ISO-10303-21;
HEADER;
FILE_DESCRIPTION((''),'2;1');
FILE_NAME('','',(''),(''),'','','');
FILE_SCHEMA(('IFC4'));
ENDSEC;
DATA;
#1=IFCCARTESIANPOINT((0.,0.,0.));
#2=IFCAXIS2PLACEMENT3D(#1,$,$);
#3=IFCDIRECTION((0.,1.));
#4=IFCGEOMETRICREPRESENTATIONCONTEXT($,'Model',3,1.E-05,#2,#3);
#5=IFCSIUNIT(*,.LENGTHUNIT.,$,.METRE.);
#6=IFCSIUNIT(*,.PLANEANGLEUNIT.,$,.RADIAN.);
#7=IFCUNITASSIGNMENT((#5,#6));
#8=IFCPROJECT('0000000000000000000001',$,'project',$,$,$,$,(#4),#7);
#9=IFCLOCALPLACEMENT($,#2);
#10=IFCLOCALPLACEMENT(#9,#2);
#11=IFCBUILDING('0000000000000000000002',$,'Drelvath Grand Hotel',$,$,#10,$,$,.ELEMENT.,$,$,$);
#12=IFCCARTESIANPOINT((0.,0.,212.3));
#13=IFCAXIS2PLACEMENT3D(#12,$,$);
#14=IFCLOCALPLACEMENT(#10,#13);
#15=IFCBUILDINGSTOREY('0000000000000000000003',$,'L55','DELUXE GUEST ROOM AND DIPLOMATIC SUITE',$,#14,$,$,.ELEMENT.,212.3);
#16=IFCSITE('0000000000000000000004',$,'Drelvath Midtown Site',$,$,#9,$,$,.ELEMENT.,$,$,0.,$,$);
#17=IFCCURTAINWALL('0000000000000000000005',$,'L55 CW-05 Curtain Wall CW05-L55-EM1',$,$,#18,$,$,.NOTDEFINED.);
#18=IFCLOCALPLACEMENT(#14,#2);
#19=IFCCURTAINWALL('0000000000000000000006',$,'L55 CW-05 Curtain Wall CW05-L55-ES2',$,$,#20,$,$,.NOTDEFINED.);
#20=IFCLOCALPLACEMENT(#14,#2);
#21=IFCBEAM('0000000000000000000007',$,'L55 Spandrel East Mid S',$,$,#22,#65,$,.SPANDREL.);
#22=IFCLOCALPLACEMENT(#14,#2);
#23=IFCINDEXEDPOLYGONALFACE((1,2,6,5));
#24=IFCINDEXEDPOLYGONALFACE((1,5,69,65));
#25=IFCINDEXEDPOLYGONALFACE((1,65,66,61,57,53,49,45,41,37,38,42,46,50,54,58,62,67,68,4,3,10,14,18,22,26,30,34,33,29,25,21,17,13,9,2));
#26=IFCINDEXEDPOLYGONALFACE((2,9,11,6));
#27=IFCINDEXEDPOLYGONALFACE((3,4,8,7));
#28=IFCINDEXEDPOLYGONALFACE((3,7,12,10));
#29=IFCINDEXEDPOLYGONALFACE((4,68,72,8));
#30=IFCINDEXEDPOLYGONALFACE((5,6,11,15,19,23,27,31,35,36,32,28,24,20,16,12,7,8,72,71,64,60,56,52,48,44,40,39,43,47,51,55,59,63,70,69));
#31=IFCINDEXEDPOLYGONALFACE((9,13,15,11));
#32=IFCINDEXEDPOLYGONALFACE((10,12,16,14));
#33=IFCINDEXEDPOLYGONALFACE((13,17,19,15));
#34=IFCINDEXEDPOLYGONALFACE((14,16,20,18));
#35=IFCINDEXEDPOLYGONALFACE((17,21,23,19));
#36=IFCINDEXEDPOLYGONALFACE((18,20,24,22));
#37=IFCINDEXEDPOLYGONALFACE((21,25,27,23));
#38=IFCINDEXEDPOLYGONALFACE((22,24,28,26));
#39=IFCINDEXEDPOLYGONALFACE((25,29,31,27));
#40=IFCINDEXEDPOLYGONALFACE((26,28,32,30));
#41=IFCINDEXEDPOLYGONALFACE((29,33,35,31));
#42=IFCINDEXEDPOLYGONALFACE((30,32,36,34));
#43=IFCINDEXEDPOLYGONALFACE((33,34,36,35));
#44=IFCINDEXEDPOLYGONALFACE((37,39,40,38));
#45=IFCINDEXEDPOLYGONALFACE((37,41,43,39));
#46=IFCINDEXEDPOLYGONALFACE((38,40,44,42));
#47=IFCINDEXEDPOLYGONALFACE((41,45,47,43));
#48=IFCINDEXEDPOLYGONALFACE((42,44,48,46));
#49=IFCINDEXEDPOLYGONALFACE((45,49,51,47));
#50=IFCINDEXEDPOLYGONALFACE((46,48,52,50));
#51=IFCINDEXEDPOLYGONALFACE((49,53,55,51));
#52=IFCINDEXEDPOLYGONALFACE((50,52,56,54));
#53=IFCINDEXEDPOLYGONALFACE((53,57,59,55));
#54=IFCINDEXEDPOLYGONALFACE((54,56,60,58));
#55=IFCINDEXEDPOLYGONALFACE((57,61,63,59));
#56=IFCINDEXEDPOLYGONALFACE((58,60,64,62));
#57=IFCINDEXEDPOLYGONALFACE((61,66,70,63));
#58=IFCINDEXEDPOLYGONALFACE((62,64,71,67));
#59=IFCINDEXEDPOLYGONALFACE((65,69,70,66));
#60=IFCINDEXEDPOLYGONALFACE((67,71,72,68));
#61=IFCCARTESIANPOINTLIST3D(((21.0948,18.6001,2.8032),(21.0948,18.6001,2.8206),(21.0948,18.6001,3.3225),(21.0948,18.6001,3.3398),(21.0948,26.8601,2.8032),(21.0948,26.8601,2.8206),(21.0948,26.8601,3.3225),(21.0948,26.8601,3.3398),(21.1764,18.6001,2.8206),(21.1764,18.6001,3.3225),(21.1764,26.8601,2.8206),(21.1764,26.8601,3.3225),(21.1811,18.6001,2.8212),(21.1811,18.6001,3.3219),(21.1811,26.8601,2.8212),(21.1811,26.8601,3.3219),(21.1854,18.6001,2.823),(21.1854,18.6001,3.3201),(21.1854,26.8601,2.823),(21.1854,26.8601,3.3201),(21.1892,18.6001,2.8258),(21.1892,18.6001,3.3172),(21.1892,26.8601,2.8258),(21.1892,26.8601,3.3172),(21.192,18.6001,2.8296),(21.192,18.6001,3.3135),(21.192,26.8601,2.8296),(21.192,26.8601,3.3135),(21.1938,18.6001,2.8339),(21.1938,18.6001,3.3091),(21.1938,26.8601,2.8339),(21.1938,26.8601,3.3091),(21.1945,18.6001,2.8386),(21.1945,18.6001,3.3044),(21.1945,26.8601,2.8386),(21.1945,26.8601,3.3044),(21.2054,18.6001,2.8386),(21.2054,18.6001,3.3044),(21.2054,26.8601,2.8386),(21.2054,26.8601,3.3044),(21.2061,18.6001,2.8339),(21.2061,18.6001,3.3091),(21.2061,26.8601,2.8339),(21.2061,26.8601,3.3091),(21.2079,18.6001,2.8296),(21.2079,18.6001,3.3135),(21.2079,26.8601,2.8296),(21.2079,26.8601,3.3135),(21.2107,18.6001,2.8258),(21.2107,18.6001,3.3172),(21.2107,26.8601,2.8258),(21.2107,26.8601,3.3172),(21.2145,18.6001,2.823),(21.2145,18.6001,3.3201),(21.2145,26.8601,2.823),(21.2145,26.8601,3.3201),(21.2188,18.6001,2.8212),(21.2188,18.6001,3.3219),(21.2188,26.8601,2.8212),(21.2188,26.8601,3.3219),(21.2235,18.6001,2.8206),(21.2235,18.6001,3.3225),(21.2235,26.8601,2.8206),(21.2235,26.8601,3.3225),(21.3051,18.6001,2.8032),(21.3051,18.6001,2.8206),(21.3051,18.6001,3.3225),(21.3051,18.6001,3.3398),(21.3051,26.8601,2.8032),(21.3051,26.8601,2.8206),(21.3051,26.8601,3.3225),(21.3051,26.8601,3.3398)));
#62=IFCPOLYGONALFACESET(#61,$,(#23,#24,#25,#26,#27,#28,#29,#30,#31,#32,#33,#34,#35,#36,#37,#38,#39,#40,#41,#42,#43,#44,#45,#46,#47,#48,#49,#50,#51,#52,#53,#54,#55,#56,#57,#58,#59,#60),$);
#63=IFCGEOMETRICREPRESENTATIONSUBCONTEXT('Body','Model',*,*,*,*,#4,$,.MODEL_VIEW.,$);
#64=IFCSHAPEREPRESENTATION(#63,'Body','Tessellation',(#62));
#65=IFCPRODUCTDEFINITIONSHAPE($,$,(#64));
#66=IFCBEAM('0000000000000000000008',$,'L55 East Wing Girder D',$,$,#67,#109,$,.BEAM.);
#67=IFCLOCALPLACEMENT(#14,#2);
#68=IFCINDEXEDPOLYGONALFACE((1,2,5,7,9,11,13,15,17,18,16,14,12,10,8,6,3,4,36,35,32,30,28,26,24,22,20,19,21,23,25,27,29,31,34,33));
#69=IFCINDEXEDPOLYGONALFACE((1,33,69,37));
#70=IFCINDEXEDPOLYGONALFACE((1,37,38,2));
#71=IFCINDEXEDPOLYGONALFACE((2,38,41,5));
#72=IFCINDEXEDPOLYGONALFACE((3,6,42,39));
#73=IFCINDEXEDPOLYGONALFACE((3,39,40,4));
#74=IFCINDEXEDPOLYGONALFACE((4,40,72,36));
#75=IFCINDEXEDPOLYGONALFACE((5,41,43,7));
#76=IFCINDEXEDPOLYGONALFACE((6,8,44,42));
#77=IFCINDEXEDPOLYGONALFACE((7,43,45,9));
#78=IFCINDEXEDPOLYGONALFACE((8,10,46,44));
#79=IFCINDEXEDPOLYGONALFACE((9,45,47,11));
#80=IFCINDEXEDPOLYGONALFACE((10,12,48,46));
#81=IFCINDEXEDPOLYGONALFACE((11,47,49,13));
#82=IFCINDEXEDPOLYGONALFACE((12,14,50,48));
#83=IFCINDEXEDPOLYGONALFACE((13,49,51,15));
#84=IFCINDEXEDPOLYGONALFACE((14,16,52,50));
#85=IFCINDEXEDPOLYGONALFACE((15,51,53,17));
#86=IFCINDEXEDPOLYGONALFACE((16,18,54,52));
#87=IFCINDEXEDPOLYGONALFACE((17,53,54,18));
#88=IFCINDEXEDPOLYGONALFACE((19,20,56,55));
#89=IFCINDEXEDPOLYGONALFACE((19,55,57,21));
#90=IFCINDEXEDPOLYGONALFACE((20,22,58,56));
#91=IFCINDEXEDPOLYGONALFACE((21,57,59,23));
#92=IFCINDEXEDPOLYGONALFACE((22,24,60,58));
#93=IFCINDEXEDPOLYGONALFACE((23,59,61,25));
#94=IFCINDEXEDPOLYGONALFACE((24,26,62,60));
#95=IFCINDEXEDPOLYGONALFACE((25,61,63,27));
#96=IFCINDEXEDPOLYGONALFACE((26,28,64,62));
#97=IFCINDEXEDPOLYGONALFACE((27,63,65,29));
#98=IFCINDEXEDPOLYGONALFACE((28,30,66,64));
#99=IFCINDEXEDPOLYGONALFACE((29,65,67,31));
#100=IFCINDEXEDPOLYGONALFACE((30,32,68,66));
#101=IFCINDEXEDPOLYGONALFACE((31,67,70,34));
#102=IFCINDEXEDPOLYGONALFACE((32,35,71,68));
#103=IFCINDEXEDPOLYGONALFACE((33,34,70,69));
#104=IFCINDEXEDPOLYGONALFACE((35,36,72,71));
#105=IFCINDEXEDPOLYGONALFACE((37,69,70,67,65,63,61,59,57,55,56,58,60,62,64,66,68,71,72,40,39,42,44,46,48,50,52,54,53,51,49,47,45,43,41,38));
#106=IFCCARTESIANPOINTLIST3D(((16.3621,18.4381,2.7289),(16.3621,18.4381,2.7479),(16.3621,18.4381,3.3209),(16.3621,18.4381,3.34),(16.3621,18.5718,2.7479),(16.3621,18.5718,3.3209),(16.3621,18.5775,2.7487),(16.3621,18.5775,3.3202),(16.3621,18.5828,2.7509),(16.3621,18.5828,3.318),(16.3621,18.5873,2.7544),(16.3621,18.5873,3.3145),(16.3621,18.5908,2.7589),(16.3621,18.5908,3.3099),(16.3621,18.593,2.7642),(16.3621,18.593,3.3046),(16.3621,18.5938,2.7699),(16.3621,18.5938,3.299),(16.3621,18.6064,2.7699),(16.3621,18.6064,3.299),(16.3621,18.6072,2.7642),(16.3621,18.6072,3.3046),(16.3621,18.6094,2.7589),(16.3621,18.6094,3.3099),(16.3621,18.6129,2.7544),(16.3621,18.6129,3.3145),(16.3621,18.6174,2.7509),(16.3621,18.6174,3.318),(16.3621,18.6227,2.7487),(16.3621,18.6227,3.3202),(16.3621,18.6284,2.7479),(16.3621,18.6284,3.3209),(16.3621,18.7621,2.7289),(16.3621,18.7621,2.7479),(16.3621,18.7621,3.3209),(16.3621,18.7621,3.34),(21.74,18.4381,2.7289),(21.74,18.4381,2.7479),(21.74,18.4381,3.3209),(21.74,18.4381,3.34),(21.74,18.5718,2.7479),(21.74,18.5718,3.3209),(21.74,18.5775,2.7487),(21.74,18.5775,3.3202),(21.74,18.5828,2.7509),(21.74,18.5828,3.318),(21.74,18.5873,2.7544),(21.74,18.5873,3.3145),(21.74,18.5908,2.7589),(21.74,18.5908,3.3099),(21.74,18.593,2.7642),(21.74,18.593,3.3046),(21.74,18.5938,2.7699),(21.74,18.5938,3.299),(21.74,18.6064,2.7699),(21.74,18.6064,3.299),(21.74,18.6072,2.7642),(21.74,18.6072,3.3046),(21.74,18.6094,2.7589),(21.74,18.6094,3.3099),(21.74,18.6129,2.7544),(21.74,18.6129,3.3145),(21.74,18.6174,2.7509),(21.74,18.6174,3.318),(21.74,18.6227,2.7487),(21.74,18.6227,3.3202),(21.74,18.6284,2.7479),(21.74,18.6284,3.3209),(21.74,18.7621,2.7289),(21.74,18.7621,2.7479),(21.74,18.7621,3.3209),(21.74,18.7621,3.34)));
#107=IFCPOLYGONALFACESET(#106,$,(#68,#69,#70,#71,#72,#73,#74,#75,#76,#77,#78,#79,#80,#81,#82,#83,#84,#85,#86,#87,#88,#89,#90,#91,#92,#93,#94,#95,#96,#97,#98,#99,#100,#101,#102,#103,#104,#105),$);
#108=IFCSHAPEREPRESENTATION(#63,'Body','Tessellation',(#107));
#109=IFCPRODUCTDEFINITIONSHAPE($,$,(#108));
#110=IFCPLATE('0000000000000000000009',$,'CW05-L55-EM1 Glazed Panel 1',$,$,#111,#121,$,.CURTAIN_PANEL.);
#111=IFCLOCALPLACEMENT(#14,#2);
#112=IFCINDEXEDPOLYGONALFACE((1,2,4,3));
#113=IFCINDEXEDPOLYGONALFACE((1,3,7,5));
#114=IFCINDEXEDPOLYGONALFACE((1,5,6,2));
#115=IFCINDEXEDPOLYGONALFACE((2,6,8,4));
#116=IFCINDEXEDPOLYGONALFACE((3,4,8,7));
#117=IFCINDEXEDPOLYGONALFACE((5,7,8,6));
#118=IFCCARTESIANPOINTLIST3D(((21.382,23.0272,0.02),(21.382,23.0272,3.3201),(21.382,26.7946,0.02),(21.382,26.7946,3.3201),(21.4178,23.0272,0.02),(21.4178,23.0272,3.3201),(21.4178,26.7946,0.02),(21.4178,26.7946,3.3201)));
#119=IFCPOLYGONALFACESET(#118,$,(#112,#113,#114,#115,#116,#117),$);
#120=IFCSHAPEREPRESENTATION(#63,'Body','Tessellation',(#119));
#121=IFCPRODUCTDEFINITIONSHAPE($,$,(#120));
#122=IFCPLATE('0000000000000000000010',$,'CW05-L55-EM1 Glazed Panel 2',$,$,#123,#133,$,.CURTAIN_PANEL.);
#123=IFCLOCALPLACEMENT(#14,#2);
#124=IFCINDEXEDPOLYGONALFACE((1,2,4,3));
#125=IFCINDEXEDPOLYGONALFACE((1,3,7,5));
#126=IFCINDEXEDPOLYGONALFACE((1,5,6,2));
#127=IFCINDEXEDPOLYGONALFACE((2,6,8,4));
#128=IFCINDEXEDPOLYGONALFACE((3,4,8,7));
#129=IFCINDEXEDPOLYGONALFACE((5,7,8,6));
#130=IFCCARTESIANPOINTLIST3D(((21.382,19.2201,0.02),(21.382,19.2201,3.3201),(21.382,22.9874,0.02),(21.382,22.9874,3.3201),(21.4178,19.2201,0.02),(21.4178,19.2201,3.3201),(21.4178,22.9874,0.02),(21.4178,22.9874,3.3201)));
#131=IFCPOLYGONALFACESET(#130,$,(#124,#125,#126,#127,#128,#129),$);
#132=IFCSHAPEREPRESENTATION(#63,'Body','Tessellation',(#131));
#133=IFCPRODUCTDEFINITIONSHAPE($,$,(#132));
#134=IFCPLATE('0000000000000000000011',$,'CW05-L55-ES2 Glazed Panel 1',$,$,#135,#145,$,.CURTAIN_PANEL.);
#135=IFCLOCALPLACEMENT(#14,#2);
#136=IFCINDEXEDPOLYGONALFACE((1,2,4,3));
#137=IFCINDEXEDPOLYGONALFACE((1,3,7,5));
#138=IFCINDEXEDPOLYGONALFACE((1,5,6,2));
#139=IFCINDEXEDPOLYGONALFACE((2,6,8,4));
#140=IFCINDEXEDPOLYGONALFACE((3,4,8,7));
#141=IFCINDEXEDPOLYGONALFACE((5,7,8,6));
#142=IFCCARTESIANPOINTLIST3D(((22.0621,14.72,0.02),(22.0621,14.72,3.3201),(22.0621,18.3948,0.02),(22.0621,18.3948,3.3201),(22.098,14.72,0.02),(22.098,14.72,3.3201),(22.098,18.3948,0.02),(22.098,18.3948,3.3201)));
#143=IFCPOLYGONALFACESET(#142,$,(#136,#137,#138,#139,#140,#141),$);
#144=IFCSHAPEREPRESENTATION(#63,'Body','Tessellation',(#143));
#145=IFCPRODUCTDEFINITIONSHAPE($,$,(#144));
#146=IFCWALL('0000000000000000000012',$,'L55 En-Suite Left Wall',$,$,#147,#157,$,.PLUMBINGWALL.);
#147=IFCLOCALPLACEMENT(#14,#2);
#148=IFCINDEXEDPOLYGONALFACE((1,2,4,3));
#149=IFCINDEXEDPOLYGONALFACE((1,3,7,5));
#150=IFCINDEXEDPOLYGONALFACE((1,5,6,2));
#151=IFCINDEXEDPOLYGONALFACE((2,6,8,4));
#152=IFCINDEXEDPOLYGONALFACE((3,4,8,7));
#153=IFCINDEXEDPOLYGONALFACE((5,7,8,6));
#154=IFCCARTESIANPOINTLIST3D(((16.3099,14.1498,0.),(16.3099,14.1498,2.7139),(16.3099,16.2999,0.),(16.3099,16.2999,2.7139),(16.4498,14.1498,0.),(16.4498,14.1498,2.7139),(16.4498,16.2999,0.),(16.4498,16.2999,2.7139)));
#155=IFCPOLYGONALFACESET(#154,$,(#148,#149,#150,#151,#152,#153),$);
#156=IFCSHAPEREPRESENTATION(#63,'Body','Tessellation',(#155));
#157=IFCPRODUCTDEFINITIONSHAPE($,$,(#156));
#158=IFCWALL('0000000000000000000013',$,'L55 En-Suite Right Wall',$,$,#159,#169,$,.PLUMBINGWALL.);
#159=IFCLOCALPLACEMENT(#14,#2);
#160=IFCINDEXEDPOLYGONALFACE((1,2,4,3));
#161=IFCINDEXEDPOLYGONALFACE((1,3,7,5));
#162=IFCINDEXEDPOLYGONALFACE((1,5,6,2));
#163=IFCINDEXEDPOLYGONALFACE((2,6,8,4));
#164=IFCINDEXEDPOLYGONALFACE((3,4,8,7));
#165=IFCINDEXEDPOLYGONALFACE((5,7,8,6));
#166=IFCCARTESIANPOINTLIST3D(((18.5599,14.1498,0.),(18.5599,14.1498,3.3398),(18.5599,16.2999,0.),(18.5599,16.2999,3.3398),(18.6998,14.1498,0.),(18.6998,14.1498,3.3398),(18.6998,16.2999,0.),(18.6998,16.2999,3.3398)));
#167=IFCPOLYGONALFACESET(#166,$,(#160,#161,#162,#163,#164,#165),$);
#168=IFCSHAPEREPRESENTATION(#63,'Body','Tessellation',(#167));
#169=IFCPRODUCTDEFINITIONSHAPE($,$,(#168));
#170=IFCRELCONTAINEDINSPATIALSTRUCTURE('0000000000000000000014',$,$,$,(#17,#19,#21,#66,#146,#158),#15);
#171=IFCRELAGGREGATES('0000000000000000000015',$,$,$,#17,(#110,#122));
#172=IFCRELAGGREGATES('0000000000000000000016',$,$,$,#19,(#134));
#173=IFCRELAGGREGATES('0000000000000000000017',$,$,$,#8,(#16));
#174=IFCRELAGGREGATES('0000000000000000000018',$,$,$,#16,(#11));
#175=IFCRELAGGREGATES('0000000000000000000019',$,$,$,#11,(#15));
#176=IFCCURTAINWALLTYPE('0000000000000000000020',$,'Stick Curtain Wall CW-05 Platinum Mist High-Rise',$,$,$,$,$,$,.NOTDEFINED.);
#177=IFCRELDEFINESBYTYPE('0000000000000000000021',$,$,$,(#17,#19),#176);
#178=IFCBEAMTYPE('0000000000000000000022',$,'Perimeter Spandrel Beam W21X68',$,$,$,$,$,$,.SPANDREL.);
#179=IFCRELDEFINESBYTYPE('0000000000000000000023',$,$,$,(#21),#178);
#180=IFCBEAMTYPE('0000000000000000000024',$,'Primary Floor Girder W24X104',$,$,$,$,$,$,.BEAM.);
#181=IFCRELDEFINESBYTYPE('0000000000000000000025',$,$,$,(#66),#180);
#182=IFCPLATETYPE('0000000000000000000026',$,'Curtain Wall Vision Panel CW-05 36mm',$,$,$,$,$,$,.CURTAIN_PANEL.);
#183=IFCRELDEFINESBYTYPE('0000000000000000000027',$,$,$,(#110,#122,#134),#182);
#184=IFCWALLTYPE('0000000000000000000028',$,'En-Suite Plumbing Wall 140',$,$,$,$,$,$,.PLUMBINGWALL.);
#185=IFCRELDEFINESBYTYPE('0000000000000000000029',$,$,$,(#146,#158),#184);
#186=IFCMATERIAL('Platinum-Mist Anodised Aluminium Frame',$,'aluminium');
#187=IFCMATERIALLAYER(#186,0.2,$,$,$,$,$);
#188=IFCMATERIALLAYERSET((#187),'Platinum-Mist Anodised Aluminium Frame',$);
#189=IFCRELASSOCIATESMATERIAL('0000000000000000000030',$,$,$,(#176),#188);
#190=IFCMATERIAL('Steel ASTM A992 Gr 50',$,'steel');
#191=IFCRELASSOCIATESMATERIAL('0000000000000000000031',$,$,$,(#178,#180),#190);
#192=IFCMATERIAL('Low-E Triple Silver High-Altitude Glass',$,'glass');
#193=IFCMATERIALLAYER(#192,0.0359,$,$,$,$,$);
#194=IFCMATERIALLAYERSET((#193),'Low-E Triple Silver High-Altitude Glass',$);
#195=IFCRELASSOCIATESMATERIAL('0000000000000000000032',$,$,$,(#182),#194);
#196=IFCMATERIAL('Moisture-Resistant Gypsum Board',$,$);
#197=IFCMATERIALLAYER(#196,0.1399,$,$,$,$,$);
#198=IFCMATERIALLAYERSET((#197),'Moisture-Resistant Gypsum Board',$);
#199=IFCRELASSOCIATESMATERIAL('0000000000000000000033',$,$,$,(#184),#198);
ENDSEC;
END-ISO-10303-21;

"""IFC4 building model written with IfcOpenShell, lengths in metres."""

from ifc_helpers import new_model, si_unit, direction, frame, frame_2d, origin, origin_2d, place, context, subcontext, project, spatial, rectangle, i_section, extrude, material, layer, layer_set, material_profile, profile_set, type_object, element, aggregate, save


model = new_model("IFC4")

# Units and contexts
model_context = context("Model", 3, precision=1e-05, world=origin(), true_north=direction((0.0, 1.0)))
body_context = subcontext(model_context, "Body", "Model", "MODEL_VIEW")
ifc_project = project(units=[si_unit("LENGTHUNIT", "METRE"), si_unit("PLANEANGLEUNIT", "RADIAN")], contexts=[model_context])

# Site, building, storey
site_placement = place(None, origin())
site = spatial("IfcSite", under=ifc_project, at=site_placement, Name="Drelvath Midtown Site", CompositionType="ELEMENT", RefElevation=0.0)
building_placement = place(site_placement, origin())
building = spatial("IfcBuilding", under=site, at=building_placement, Name="Drelvath Grand Hotel", CompositionType="ELEMENT")
storey_placement = place(building_placement, frame((0.0, 0.0, 212.3)))
storey = spatial("IfcBuildingStorey", under=building, at=storey_placement, Name="L55", Description="DELUXE GUEST ROOM AND DIPLOMATIC SUITE", CompositionType="ELEMENT", Elevation=212.3)

# Curtain walls
ifc_material_1 = material(Name="Platinum-Mist Anodised Aluminium Frame", Category="aluminium")
ifc_layer_1 = layer(ifc_material_1, 0.2)
ifc_layer_set_1 = layer_set([ifc_layer_1], Name="Platinum-Mist Anodised Aluminium Frame")
curtain_wall_type = type_object("IfcCurtainWallType", Name="Stick Curtain Wall CW-05 Platinum Mist High-Rise", PredefinedType="NOTDEFINED", material=ifc_layer_set_1)
curtain_wall_1_placement = place(storey_placement, origin())
curtain_wall_1 = element("IfcCurtainWall", 1, at=curtain_wall_1_placement, inside=storey, type_object=curtain_wall_type, Name="L55 CW-05 Curtain Wall CW05-L55-EM1", PredefinedType="NOTDEFINED")
curtain_wall_2_placement = place(storey_placement, origin())
curtain_wall_2 = element("IfcCurtainWall", 2, at=curtain_wall_2_placement, inside=storey, type_object=curtain_wall_type, Name="L55 CW-05 Curtain Wall CW05-L55-ES2", PredefinedType="NOTDEFINED")

# Beams
ifc_material_2 = material(Name="Steel ASTM A992 Gr 50", Category="steel")
ifc_material_profile_1 = material_profile(ifc_material_2, i_section(OverallWidth=0.2102, OverallDepth=0.5366, WebThickness=0.011, FlangeThickness=0.0173, FilletRadius=0.0181, at=origin_2d()), Name="W21X68")
ifc_profile_set_1 = profile_set([ifc_material_profile_1], Name="Steel ASTM A992 Gr 50")
beam_type_1 = type_object("IfcBeamType", Name="Perimeter Spandrel Beam W21X68", PredefinedType="SPANDREL", material=ifc_profile_set_1)
beam_1_placement = place(storey_placement, frame((21.2, 18.6001, 3.0715), z_axis=(0.0, 1.0, 0.0), x_axis=(-1.0, 0.0, 0.0)))
element("IfcBeam", 3, at=beam_1_placement, inside=storey, type_object=beam_type_1, Name="L55 Spandrel East Mid S", PredefinedType="SPANDREL", context=body_context, shape_type="SweptSolid", body=[
    extrude(i_section(OverallWidth=0.2102, OverallDepth=0.5366, WebThickness=0.011, FlangeThickness=0.0173, FilletRadius=0.0181, at=origin_2d()), origin(), (0.0, 0.0, 1.0), 8.26),
])
ifc_material_profile_2 = material_profile(ifc_material_2, i_section(OverallWidth=0.324, OverallDepth=0.6111, WebThickness=0.0127, FlangeThickness=0.019, FilletRadius=0.022, at=origin_2d()), Name="W24X104")
ifc_profile_set_2 = profile_set([ifc_material_profile_2], Name="Steel ASTM A992 Gr 50")
beam_type_2 = type_object("IfcBeamType", Name="Primary Floor Girder W24X104", PredefinedType="BEAM", material=ifc_profile_set_2)
beam_2_placement = place(storey_placement, frame((16.3621, 18.6001, 3.0344), z_axis=(1.0, 0.0, 0.0), x_axis=(0.0, 1.0, 0.0)))
element("IfcBeam", 4, at=beam_2_placement, inside=storey, type_object=beam_type_2, Name="L55 East Wing Girder D", PredefinedType="BEAM", context=body_context, shape_type="SweptSolid", body=[
    extrude(i_section(OverallWidth=0.324, OverallDepth=0.6111, WebThickness=0.0127, FlangeThickness=0.019, FilletRadius=0.022, at=origin_2d()), origin(), (0.0, 0.0, 1.0), 5.3779),
])

# Plates
ifc_material_3 = material(Name="Low-E Triple Silver High-Altitude Glass", Category="glass")
ifc_layer_2 = layer(ifc_material_3, 0.0359)
ifc_layer_set_2 = layer_set([ifc_layer_2], Name="Low-E Triple Silver High-Altitude Glass")
plate_type = type_object("IfcPlateType", Name="Curtain Wall Vision Panel CW-05 36mm", PredefinedType="CURTAIN_PANEL", material=ifc_layer_set_2)
plate_1_placement = place(storey_placement, frame((21.3999, 24.9109, 0.02), z_axis=(0.0, 0.0, 1.0), x_axis=(0.0, -1.0, 0.0)))
plate_1 = element("IfcPlate", 5, at=plate_1_placement, type_object=plate_type, Name="CW05-L55-EM1 Glazed Panel 1", PredefinedType="CURTAIN_PANEL", context=body_context, shape_type="SweptSolid", body=[
    extrude(rectangle(XDim=3.7673, YDim=0.0359, at=origin_2d()), origin(), (0.0, 0.0, 1.0), 3.3),
])
plate_2_placement = place(storey_placement, frame((21.3999, 21.1038, 0.02), z_axis=(0.0, 0.0, 1.0), x_axis=(0.0, -1.0, 0.0)))
plate_2 = element("IfcPlate", 6, at=plate_2_placement, type_object=plate_type, Name="CW05-L55-EM1 Glazed Panel 2", PredefinedType="CURTAIN_PANEL", context=body_context, shape_type="SweptSolid", body=[
    extrude(rectangle(XDim=3.7673, YDim=0.0359, at=origin_2d()), origin(), (0.0, 0.0, 1.0), 3.3),
])
aggregate(curtain_wall_1, [plate_1, plate_2])
plate_3_placement = place(storey_placement, frame((22.0801, 16.5574, 0.02), z_axis=(0.0, 0.0, 1.0), x_axis=(0.0, -1.0, 0.0)))
plate_3 = element("IfcPlate", 7, at=plate_3_placement, type_object=plate_type, Name="CW05-L55-ES2 Glazed Panel 1", PredefinedType="CURTAIN_PANEL", context=body_context, shape_type="SweptSolid", body=[
    extrude(rectangle(XDim=3.6748, YDim=0.0359, at=origin_2d()), origin(), (0.0, 0.0, 1.0), 3.3),
])
aggregate(curtain_wall_2, [plate_3])

# Walls
ifc_material_4 = material(Name="Moisture-Resistant Gypsum Board")
ifc_layer_3 = layer(ifc_material_4, 0.1399)
ifc_layer_set_3 = layer_set([ifc_layer_3], Name="Moisture-Resistant Gypsum Board")
wall_type_1 = type_object("IfcWallType", Name="En-Suite Plumbing Wall 140", PredefinedType="PLUMBINGWALL", material=ifc_layer_set_3)
wall_1_placement = place(storey_placement, frame((16.3799, 16.3, 0.0), z_axis=(0.0, 0.0, 1.0), x_axis=(0.0, -1.0, 0.0)))
element("IfcWall", 8, at=wall_1_placement, inside=storey, type_object=wall_type_1, Name="L55 En-Suite Left Wall", PredefinedType="PLUMBINGWALL", context=body_context, shape_type="SweptSolid", body=[
    extrude(rectangle(XDim=2.1501, YDim=0.1399, at=frame_2d((1.0752, 0.0))), origin(), (0.0, 0.0, 1.0), 2.7139),
])
wall_2_placement = place(storey_placement, frame((18.6299, 16.3, 0.0), z_axis=(0.0, 0.0, 1.0), x_axis=(0.0, -1.0, 0.0)))
element("IfcWall", 9, at=wall_2_placement, inside=storey, type_object=wall_type_1, Name="L55 En-Suite Right Wall", PredefinedType="PLUMBINGWALL", context=body_context, shape_type="SweptSolid", body=[
    extrude(rectangle(XDim=2.1501, YDim=0.1399, at=frame_2d((1.0752, 0.0))), origin(), (0.0, 0.0, 1.0), 3.3398),
])

save(model, "model.ifc")
